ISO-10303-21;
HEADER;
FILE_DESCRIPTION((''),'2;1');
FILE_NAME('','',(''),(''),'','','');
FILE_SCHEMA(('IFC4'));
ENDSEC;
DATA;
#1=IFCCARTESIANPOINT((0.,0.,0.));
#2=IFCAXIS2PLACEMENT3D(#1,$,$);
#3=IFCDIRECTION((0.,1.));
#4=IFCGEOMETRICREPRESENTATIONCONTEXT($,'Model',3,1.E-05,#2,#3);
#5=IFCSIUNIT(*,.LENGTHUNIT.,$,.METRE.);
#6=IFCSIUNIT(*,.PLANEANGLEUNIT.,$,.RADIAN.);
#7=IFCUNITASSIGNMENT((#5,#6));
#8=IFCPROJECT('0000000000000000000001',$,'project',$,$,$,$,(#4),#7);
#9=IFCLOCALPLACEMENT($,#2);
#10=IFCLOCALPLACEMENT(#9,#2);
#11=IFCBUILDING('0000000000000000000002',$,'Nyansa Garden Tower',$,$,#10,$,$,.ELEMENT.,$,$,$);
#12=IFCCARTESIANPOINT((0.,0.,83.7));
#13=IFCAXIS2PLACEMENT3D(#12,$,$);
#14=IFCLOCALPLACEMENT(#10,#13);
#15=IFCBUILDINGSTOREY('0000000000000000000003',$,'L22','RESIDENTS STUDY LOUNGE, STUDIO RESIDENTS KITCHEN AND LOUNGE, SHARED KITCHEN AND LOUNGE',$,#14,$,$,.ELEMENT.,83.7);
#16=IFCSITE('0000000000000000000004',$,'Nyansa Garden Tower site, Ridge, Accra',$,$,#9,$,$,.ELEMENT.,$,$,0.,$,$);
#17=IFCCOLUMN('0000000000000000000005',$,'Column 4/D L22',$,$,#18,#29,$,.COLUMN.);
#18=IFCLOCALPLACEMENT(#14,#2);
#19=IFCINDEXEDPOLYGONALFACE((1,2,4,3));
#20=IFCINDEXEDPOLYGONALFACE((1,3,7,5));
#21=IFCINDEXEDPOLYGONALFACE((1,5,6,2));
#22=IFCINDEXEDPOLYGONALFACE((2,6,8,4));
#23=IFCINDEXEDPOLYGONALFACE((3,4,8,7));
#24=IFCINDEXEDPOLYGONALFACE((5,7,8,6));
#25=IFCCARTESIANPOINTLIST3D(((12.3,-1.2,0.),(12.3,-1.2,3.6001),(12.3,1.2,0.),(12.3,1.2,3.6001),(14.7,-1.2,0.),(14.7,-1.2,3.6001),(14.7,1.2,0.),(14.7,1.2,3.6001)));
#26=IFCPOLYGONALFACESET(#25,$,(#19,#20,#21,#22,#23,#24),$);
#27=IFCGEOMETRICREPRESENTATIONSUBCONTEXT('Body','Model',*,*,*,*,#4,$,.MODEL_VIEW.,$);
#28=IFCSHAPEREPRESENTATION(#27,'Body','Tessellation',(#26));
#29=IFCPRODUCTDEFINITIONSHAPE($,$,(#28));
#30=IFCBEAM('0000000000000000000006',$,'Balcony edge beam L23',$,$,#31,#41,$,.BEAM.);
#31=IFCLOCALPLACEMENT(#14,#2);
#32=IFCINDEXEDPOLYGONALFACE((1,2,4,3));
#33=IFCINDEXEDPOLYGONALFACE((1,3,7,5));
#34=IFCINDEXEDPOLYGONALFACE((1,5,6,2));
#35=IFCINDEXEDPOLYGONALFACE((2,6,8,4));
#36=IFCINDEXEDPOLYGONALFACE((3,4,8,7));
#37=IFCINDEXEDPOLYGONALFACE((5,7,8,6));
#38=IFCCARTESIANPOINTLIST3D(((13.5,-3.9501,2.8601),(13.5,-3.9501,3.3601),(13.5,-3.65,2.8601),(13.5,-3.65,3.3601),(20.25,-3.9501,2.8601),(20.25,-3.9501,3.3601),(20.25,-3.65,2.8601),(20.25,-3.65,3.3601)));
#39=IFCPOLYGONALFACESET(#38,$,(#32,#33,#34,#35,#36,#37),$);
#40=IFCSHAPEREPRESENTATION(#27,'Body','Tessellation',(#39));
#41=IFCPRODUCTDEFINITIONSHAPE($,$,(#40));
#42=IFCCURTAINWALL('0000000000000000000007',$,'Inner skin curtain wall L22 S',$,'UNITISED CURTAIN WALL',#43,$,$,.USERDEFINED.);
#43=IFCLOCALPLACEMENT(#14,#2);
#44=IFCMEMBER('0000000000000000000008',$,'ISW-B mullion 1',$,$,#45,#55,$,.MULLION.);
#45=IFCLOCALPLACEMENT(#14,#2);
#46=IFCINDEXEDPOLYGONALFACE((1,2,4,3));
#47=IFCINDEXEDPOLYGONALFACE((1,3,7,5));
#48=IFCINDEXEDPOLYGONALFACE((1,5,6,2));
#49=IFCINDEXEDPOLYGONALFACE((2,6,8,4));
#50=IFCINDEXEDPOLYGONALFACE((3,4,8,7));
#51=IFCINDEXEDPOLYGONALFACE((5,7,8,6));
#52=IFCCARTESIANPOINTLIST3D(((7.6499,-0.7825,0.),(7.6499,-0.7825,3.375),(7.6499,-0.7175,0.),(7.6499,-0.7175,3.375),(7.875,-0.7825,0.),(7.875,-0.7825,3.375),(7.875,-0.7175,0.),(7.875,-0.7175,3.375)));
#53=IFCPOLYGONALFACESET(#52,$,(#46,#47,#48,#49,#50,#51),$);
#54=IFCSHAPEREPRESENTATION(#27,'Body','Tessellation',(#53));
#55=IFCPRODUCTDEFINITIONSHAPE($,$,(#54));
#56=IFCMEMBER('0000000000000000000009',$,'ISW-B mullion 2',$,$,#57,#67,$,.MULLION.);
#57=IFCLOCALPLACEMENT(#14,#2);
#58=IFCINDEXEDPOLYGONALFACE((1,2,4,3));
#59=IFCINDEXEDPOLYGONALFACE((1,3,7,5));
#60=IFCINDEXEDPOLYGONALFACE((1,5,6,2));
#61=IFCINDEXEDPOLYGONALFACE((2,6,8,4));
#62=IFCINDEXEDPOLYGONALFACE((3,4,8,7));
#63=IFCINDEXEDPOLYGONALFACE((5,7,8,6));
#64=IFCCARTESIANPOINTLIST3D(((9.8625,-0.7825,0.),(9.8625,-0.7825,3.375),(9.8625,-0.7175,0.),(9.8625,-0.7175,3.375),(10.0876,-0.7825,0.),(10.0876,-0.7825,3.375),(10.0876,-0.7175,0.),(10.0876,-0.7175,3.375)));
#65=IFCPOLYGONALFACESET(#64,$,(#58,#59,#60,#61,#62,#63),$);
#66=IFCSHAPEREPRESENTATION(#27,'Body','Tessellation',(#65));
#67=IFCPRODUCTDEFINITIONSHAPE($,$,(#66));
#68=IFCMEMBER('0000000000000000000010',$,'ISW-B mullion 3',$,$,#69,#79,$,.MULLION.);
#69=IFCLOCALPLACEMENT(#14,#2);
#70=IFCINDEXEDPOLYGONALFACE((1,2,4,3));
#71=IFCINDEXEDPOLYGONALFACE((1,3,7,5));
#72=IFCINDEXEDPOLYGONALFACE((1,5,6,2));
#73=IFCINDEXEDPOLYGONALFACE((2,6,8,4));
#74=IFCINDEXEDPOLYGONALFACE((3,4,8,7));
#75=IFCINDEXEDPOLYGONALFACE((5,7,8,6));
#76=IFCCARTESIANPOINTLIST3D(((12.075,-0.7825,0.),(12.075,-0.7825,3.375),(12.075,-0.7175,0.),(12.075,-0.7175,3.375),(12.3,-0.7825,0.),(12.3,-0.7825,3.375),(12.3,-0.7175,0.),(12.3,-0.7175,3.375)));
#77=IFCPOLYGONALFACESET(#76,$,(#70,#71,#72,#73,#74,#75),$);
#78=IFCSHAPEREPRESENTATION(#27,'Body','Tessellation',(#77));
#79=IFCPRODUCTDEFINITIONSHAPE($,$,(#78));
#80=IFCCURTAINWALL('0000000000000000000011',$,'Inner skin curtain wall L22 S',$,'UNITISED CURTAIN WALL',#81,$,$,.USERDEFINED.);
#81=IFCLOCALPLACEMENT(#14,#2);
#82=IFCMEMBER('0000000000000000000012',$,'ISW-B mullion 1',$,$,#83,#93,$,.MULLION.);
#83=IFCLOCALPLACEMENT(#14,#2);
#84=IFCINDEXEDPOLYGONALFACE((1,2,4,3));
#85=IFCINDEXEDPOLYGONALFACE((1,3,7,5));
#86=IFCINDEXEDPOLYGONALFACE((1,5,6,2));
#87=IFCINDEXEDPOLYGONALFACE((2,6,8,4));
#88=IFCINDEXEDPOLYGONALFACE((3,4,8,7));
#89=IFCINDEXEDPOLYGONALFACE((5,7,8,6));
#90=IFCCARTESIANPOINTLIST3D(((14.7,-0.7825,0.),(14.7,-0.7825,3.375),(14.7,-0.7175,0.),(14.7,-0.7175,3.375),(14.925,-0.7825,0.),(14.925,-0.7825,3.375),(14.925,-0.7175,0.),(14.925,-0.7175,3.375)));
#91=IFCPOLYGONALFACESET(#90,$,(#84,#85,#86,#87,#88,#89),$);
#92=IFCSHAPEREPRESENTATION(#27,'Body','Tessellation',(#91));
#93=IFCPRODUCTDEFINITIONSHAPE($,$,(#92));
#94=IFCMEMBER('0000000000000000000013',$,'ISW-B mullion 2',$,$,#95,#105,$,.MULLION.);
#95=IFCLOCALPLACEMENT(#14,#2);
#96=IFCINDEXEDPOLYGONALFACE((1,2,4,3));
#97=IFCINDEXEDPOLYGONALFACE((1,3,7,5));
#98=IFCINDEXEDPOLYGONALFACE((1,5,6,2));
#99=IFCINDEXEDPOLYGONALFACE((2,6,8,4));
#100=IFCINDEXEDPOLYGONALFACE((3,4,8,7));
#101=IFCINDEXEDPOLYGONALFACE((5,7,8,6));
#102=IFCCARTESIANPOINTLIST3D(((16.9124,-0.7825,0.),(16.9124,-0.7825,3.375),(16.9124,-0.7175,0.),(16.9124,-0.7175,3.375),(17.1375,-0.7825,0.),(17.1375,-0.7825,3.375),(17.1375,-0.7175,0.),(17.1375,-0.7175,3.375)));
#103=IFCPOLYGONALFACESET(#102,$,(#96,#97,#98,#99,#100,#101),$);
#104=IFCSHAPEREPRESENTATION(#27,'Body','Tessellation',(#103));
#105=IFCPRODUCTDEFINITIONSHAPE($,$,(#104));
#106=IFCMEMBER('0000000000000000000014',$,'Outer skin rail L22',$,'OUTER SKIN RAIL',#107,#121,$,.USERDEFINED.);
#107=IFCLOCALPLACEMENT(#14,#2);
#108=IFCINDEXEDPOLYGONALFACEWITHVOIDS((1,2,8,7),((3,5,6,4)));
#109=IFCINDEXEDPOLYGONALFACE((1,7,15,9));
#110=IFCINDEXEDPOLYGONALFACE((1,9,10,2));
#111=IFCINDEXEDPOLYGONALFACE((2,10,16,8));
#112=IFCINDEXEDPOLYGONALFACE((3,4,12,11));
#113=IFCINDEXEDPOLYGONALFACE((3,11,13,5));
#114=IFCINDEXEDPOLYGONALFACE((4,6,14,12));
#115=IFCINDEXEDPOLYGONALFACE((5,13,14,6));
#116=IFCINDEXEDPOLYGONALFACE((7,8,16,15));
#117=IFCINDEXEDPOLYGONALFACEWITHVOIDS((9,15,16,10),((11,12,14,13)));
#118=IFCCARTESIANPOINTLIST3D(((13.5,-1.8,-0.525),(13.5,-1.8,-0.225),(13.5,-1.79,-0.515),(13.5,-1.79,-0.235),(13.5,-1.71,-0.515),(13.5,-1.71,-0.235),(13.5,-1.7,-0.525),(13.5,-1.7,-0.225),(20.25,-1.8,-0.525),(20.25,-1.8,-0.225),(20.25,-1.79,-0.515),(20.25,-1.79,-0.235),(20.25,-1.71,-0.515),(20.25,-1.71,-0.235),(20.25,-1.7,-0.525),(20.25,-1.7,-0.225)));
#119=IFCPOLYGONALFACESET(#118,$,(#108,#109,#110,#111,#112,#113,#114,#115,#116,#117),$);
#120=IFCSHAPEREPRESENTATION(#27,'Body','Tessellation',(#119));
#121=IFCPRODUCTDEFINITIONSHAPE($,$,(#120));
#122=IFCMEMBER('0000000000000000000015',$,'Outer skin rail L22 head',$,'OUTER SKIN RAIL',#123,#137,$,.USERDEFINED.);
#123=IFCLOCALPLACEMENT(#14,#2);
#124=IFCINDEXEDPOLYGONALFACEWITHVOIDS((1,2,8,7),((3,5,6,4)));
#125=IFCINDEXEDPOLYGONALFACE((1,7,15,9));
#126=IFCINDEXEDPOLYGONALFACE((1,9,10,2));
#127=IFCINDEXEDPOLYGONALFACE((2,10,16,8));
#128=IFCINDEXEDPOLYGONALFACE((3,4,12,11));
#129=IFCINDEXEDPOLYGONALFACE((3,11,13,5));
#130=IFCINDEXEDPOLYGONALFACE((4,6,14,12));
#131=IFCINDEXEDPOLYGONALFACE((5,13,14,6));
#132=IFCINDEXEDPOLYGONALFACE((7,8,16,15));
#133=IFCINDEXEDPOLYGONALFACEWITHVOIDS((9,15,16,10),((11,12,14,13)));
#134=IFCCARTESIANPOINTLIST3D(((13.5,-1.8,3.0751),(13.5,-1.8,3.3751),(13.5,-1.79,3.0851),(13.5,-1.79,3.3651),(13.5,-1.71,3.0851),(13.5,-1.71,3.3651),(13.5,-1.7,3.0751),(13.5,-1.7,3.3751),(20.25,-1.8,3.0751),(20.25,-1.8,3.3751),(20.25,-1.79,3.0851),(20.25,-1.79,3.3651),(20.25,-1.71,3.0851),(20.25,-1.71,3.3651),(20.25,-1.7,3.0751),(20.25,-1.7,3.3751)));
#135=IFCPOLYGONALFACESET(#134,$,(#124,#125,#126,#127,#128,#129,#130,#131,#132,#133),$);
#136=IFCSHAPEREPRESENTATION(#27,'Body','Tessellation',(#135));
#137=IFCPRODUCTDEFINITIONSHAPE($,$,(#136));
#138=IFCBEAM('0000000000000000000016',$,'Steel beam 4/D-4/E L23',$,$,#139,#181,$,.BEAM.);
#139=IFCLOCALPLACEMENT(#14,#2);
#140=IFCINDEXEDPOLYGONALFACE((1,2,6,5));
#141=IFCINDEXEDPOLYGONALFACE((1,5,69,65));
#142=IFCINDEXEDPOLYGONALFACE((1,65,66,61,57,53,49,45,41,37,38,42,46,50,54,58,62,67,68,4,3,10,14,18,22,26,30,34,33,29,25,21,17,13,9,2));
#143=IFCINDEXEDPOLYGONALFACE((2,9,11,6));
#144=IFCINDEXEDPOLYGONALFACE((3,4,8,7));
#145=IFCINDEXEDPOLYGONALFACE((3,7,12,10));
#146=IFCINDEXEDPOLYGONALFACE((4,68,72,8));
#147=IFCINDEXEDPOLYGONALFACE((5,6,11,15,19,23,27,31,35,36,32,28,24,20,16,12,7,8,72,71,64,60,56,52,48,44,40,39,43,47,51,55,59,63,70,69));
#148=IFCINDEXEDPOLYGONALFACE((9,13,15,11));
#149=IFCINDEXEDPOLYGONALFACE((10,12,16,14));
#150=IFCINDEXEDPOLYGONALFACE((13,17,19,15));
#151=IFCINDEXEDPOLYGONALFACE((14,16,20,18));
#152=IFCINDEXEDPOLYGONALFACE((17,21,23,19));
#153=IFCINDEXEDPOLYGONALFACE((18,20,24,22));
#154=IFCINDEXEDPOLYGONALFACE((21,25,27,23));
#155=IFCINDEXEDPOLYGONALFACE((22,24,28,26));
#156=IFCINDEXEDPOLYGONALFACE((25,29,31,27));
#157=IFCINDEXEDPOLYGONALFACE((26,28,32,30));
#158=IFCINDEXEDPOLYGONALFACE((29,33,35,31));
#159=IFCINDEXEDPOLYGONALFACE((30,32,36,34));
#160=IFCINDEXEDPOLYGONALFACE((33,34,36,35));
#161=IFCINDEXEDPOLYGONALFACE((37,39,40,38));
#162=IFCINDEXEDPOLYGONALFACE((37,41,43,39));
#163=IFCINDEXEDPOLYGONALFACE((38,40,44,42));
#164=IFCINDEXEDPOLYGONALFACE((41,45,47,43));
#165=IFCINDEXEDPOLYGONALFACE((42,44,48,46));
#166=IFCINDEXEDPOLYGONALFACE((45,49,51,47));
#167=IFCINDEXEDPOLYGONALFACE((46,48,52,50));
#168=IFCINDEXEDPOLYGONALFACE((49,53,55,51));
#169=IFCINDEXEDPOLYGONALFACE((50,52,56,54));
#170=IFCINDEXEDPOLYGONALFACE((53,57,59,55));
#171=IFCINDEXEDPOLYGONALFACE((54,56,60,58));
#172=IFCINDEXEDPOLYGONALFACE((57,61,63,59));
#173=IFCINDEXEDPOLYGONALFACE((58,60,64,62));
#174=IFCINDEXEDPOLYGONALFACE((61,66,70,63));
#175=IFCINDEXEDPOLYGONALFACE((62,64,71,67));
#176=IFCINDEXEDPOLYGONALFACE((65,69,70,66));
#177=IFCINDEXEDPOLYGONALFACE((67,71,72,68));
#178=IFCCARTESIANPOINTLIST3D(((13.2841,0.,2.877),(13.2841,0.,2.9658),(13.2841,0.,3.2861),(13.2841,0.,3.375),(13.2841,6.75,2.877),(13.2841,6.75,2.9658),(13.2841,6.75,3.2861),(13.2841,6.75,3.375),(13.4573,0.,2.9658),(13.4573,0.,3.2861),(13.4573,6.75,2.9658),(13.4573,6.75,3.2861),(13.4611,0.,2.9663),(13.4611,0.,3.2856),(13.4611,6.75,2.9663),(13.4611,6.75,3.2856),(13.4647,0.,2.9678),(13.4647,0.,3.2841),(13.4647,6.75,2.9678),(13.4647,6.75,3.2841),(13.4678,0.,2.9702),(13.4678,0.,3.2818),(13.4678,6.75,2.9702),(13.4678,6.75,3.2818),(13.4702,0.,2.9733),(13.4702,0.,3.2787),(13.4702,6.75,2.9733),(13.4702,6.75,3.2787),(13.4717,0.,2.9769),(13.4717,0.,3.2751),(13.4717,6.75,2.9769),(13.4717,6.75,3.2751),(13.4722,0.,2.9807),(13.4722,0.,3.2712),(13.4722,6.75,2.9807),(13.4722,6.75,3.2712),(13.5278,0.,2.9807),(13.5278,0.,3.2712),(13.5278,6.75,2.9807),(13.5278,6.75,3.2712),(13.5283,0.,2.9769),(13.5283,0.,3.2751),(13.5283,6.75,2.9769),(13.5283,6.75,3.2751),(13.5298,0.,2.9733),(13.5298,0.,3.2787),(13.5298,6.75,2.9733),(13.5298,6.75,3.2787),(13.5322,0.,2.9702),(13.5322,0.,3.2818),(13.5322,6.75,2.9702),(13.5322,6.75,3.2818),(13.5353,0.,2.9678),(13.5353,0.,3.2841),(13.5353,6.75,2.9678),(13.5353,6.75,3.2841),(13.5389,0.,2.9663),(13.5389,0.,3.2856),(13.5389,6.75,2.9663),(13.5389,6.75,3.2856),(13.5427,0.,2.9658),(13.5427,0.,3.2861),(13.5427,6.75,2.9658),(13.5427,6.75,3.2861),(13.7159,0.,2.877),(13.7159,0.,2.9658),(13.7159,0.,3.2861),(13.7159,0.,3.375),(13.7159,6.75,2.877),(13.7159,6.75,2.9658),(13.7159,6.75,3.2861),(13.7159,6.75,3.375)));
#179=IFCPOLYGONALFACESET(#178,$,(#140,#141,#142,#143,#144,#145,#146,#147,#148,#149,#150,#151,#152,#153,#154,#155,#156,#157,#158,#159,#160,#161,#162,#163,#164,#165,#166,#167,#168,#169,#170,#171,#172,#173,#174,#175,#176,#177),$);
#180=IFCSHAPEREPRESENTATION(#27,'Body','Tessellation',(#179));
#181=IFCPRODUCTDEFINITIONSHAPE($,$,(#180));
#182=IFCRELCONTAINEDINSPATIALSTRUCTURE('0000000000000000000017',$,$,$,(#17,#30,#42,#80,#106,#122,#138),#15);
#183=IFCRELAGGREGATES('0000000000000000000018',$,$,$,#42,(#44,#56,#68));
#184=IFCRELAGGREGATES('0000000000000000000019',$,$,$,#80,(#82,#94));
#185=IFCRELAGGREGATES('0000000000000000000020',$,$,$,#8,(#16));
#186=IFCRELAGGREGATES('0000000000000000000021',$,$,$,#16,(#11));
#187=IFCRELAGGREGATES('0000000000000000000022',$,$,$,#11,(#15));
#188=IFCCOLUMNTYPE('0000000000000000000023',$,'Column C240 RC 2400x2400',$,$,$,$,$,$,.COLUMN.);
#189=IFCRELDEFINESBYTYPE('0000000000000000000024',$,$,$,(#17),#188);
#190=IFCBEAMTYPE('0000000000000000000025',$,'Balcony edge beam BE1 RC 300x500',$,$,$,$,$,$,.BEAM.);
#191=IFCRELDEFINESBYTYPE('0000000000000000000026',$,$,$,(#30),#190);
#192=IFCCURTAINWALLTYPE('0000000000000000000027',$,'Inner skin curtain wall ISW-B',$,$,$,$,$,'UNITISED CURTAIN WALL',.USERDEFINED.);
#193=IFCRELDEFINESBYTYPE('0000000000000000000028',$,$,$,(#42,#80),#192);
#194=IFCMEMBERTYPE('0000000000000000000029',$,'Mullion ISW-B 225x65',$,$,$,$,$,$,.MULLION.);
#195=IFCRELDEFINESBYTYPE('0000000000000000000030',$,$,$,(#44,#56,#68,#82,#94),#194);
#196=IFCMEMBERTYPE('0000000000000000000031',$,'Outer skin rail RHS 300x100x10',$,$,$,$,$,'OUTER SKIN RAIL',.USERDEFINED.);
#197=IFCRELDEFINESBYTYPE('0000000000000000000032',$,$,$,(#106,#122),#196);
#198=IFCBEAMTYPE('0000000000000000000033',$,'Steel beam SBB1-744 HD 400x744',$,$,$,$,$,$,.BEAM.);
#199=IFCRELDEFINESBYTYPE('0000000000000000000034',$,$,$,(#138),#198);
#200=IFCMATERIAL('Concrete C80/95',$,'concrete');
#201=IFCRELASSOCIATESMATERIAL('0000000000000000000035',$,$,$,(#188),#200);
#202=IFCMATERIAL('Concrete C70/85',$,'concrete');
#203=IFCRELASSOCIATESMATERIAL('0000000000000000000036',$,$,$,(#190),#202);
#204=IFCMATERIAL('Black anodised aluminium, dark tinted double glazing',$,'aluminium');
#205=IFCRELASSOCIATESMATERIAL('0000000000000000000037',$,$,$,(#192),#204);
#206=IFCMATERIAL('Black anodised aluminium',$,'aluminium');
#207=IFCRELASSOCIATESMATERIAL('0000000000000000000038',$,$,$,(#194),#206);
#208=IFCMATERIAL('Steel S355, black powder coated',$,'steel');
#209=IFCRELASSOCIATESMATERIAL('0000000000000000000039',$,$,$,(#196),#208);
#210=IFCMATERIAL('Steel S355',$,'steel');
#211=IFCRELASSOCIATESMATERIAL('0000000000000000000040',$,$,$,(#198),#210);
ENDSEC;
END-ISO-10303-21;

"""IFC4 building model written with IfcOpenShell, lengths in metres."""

from ifc_helpers import new_model, si_unit, direction, frame, origin, origin_2d, place, context, subcontext, project, spatial, rectangle, hollow_rectangle, i_section, extrude, material, material_profile, profile_set, type_object, element, aggregate, save


model = new_model("IFC4")

# Units and contexts
model_context = context("Model", 3, precision=1e-05, world=origin(), true_north=direction((0.0, 1.0)))
body_context = subcontext(model_context, "Body", "Model", "MODEL_VIEW")
ifc_project = project(units=[si_unit("LENGTHUNIT", "METRE"), si_unit("PLANEANGLEUNIT", "RADIAN")], contexts=[model_context])

# Site, building, storey
site_placement = place(None, origin())
site = spatial("IfcSite", under=ifc_project, at=site_placement, Name="Nyansa Garden Tower site, Ridge, Accra", CompositionType="ELEMENT", RefElevation=0.0)
building_placement = place(site_placement, origin())
building = spatial("IfcBuilding", under=site, at=building_placement, Name="Nyansa Garden Tower", CompositionType="ELEMENT")
storey_placement = place(building_placement, frame((0.0, 0.0, 83.7)))
storey = spatial("IfcBuildingStorey", under=building, at=storey_placement, Name="L22", Description="RESIDENTS STUDY LOUNGE, STUDIO RESIDENTS KITCHEN AND LOUNGE, SHARED KITCHEN AND LOUNGE", CompositionType="ELEMENT", Elevation=83.7)

# Column
ifc_material_1 = material(Name="Concrete C80/95", Category="concrete")
ifc_material_profile_1 = material_profile(ifc_material_1, rectangle(XDim=2.3999, YDim=2.3999, at=origin_2d()), Name="RC 2400x2400")
ifc_profile_set_1 = profile_set([ifc_material_profile_1], Name="Concrete C80/95")
column_type = type_object("IfcColumnType", Name="Column C240 RC 2400x2400", PredefinedType="COLUMN", material=ifc_profile_set_1)
column_placement = place(storey_placement, frame((13.5, 0.0, 0.0), z_axis=(0.0, 0.0, 1.0), x_axis=(1.0, 0.0, 0.0)))
element("IfcColumn", 1, at=column_placement, inside=storey, type_object=column_type, Name="Column 4/D L22", PredefinedType="COLUMN", context=body_context, shape_type="SweptSolid", body=[
    extrude(rectangle(XDim=2.3999, YDim=2.3999, at=origin_2d()), origin(), (0.0, 0.0, 1.0), 3.6001),
])

# Beam
ifc_material_2 = material(Name="Concrete C70/85", Category="concrete")
ifc_material_profile_2 = material_profile(ifc_material_2, rectangle(XDim=0.3, YDim=0.5, at=origin_2d()), Name="RC 300x500")
ifc_profile_set_2 = profile_set([ifc_material_profile_2], Name="Concrete C70/85")
beam_type_1 = type_object("IfcBeamType", Name="Balcony edge beam BE1 RC 300x500", PredefinedType="BEAM", material=ifc_profile_set_2)
beam_1_placement = place(storey_placement, frame((13.5, -3.8, 3.1101), z_axis=(1.0, 0.0, 0.0), x_axis=(0.0, 1.0, 0.0)))
element("IfcBeam", 2, at=beam_1_placement, inside=storey, type_object=beam_type_1, Name="Balcony edge beam L23", PredefinedType="BEAM", context=body_context, shape_type="SweptSolid", body=[
    extrude(rectangle(XDim=0.3, YDim=0.5, at=origin_2d()), origin(), (0.0, 0.0, 1.0), 6.75),
])

# Curtain walls, members
ifc_material_3 = material(Name="Black anodised aluminium, dark tinted double glazing", Category="aluminium")
curtain_wall_type = type_object("IfcCurtainWallType", Name="Inner skin curtain wall ISW-B", ElementType="UNITISED CURTAIN WALL", PredefinedType="USERDEFINED", material=ifc_material_3)
curtain_wall_1_placement = place(storey_placement, origin())
curtain_wall_1 = element("IfcCurtainWall", 3, at=curtain_wall_1_placement, inside=storey, type_object=curtain_wall_type, Name="Inner skin curtain wall L22 S", ObjectType="UNITISED CURTAIN WALL", PredefinedType="USERDEFINED")
ifc_material_4 = material(Name="Black anodised aluminium", Category="aluminium")
ifc_material_profile_3 = material_profile(ifc_material_4, rectangle(XDim=0.0649, YDim=0.2251, at=origin_2d()), Name="Mullion 225x65")
ifc_profile_set_3 = profile_set([ifc_material_profile_3], Name="Black anodised aluminium")
member_type_1 = type_object("IfcMemberType", Name="Mullion ISW-B 225x65", PredefinedType="MULLION", material=ifc_profile_set_3)
member_1_placement = place(storey_placement, frame((7.7625, -0.75, 0.0), z_axis=(0.0, 0.0, 1.0), x_axis=(0.0, 1.0, 0.0)))
member_1 = element("IfcMember", 4, at=member_1_placement, type_object=member_type_1, Name="ISW-B mullion 1", PredefinedType="MULLION", context=body_context, shape_type="SweptSolid", body=[
    extrude(rectangle(XDim=0.0649, YDim=0.2251, at=origin_2d()), origin(), (0.0, 0.0, 1.0), 3.375),
])
member_2_placement = place(storey_placement, frame((9.9751, -0.75, 0.0), z_axis=(0.0, 0.0, 1.0), x_axis=(0.0, 1.0, 0.0)))
member_2 = element("IfcMember", 5, at=member_2_placement, type_object=member_type_1, Name="ISW-B mullion 2", PredefinedType="MULLION", context=body_context, shape_type="SweptSolid", body=[
    extrude(rectangle(XDim=0.0649, YDim=0.2251, at=origin_2d()), origin(), (0.0, 0.0, 1.0), 3.375),
])
member_3_placement = place(storey_placement, frame((12.1875, -0.75, 0.0), z_axis=(0.0, 0.0, 1.0), x_axis=(0.0, 1.0, 0.0)))
member_3 = element("IfcMember", 6, at=member_3_placement, type_object=member_type_1, Name="ISW-B mullion 3", PredefinedType="MULLION", context=body_context, shape_type="SweptSolid", body=[
    extrude(rectangle(XDim=0.0649, YDim=0.2251, at=origin_2d()), origin(), (0.0, 0.0, 1.0), 3.375),
])
curtain_wall_2_placement = place(storey_placement, origin())
curtain_wall_2 = element("IfcCurtainWall", 7, at=curtain_wall_2_placement, inside=storey, type_object=curtain_wall_type, Name="Inner skin curtain wall L22 S", ObjectType="UNITISED CURTAIN WALL", PredefinedType="USERDEFINED")
member_4_placement = place(storey_placement, frame((14.8125, -0.75, 0.0), z_axis=(0.0, 0.0, 1.0), x_axis=(0.0, 1.0, 0.0)))
member_4 = element("IfcMember", 8, at=member_4_placement, type_object=member_type_1, Name="ISW-B mullion 1", PredefinedType="MULLION", context=body_context, shape_type="SweptSolid", body=[
    extrude(rectangle(XDim=0.0649, YDim=0.2251, at=origin_2d()), origin(), (0.0, 0.0, 1.0), 3.375),
])
member_5_placement = place(storey_placement, frame((17.0249, -0.75, 0.0), z_axis=(0.0, 0.0, 1.0), x_axis=(0.0, 1.0, 0.0)))
member_5 = element("IfcMember", 9, at=member_5_placement, type_object=member_type_1, Name="ISW-B mullion 2", PredefinedType="MULLION", context=body_context, shape_type="SweptSolid", body=[
    extrude(rectangle(XDim=0.0649, YDim=0.2251, at=origin_2d()), origin(), (0.0, 0.0, 1.0), 3.375),
])

# Members
ifc_material_5 = material(Name="Steel S355, black powder coated", Category="steel")
ifc_material_profile_4 = material_profile(ifc_material_5, hollow_rectangle(XDim=0.1001, YDim=0.3, WallThickness=0.01, at=origin_2d()), Name="RHS 300x100x10")
ifc_profile_set_4 = profile_set([ifc_material_profile_4], Name="Steel S355, black powder coated")
member_type_2 = type_object("IfcMemberType", Name="Outer skin rail RHS 300x100x10", ElementType="OUTER SKIN RAIL", PredefinedType="USERDEFINED", material=ifc_profile_set_4)
for number, where, z_axis, x_axis, name in (
    (10, (13.5, -1.75, -0.375), (1.0, 0.0, 0.0), (0.0, 1.0, 0.0), "Outer skin rail L22"),
    (11, (13.5, -1.75, 3.2251), (1.0, 0.0, 0.0), (0.0, 1.0, 0.0), "Outer skin rail L22 head"),
):
    element("IfcMember", number, at=place(storey_placement, frame(where, z_axis=z_axis, x_axis=x_axis)), inside=storey, type_object=member_type_2, Name=name, ObjectType="OUTER SKIN RAIL", PredefinedType="USERDEFINED", context=body_context, shape_type="SweptSolid", body=[
        extrude(hollow_rectangle(XDim=0.1001, YDim=0.3, WallThickness=0.01, at=origin_2d()), origin(), (0.0, 0.0, 1.0), 6.75),
    ])

# Beam
ifc_material_6 = material(Name="Steel S355", Category="steel")
ifc_material_profile_5 = material_profile(ifc_material_6, i_section(OverallWidth=0.4319, OverallDepth=0.498, WebThickness=0.0557, FlangeThickness=0.0889, FilletRadius=0.0149, at=origin_2d()), Name="HD 400x744")
ifc_profile_set_5 = profile_set([ifc_material_profile_5], Name="Steel S355")
beam_type_2 = type_object("IfcBeamType", Name="Steel beam SBB1-744 HD 400x744", PredefinedType="BEAM", material=ifc_profile_set_5)
beam_2_placement = place(storey_placement, frame((13.5, 0.0, 3.126), z_axis=(0.0, 1.0, 0.0), x_axis=(-1.0, 0.0, 0.0)))
element("IfcBeam", 12, at=beam_2_placement, inside=storey, type_object=beam_type_2, Name="Steel beam 4/D-4/E L23", PredefinedType="BEAM", context=body_context, shape_type="SweptSolid", body=[
    extrude(i_section(OverallWidth=0.4319, OverallDepth=0.498, WebThickness=0.0557, FlangeThickness=0.0889, FilletRadius=0.0149, at=origin_2d()), origin(), (0.0, 0.0, 1.0), 6.75),
])

aggregate(curtain_wall_1, [member_1, member_2, member_3])
aggregate(curtain_wall_2, [member_4, member_5])

save(model, "model.ifc")
